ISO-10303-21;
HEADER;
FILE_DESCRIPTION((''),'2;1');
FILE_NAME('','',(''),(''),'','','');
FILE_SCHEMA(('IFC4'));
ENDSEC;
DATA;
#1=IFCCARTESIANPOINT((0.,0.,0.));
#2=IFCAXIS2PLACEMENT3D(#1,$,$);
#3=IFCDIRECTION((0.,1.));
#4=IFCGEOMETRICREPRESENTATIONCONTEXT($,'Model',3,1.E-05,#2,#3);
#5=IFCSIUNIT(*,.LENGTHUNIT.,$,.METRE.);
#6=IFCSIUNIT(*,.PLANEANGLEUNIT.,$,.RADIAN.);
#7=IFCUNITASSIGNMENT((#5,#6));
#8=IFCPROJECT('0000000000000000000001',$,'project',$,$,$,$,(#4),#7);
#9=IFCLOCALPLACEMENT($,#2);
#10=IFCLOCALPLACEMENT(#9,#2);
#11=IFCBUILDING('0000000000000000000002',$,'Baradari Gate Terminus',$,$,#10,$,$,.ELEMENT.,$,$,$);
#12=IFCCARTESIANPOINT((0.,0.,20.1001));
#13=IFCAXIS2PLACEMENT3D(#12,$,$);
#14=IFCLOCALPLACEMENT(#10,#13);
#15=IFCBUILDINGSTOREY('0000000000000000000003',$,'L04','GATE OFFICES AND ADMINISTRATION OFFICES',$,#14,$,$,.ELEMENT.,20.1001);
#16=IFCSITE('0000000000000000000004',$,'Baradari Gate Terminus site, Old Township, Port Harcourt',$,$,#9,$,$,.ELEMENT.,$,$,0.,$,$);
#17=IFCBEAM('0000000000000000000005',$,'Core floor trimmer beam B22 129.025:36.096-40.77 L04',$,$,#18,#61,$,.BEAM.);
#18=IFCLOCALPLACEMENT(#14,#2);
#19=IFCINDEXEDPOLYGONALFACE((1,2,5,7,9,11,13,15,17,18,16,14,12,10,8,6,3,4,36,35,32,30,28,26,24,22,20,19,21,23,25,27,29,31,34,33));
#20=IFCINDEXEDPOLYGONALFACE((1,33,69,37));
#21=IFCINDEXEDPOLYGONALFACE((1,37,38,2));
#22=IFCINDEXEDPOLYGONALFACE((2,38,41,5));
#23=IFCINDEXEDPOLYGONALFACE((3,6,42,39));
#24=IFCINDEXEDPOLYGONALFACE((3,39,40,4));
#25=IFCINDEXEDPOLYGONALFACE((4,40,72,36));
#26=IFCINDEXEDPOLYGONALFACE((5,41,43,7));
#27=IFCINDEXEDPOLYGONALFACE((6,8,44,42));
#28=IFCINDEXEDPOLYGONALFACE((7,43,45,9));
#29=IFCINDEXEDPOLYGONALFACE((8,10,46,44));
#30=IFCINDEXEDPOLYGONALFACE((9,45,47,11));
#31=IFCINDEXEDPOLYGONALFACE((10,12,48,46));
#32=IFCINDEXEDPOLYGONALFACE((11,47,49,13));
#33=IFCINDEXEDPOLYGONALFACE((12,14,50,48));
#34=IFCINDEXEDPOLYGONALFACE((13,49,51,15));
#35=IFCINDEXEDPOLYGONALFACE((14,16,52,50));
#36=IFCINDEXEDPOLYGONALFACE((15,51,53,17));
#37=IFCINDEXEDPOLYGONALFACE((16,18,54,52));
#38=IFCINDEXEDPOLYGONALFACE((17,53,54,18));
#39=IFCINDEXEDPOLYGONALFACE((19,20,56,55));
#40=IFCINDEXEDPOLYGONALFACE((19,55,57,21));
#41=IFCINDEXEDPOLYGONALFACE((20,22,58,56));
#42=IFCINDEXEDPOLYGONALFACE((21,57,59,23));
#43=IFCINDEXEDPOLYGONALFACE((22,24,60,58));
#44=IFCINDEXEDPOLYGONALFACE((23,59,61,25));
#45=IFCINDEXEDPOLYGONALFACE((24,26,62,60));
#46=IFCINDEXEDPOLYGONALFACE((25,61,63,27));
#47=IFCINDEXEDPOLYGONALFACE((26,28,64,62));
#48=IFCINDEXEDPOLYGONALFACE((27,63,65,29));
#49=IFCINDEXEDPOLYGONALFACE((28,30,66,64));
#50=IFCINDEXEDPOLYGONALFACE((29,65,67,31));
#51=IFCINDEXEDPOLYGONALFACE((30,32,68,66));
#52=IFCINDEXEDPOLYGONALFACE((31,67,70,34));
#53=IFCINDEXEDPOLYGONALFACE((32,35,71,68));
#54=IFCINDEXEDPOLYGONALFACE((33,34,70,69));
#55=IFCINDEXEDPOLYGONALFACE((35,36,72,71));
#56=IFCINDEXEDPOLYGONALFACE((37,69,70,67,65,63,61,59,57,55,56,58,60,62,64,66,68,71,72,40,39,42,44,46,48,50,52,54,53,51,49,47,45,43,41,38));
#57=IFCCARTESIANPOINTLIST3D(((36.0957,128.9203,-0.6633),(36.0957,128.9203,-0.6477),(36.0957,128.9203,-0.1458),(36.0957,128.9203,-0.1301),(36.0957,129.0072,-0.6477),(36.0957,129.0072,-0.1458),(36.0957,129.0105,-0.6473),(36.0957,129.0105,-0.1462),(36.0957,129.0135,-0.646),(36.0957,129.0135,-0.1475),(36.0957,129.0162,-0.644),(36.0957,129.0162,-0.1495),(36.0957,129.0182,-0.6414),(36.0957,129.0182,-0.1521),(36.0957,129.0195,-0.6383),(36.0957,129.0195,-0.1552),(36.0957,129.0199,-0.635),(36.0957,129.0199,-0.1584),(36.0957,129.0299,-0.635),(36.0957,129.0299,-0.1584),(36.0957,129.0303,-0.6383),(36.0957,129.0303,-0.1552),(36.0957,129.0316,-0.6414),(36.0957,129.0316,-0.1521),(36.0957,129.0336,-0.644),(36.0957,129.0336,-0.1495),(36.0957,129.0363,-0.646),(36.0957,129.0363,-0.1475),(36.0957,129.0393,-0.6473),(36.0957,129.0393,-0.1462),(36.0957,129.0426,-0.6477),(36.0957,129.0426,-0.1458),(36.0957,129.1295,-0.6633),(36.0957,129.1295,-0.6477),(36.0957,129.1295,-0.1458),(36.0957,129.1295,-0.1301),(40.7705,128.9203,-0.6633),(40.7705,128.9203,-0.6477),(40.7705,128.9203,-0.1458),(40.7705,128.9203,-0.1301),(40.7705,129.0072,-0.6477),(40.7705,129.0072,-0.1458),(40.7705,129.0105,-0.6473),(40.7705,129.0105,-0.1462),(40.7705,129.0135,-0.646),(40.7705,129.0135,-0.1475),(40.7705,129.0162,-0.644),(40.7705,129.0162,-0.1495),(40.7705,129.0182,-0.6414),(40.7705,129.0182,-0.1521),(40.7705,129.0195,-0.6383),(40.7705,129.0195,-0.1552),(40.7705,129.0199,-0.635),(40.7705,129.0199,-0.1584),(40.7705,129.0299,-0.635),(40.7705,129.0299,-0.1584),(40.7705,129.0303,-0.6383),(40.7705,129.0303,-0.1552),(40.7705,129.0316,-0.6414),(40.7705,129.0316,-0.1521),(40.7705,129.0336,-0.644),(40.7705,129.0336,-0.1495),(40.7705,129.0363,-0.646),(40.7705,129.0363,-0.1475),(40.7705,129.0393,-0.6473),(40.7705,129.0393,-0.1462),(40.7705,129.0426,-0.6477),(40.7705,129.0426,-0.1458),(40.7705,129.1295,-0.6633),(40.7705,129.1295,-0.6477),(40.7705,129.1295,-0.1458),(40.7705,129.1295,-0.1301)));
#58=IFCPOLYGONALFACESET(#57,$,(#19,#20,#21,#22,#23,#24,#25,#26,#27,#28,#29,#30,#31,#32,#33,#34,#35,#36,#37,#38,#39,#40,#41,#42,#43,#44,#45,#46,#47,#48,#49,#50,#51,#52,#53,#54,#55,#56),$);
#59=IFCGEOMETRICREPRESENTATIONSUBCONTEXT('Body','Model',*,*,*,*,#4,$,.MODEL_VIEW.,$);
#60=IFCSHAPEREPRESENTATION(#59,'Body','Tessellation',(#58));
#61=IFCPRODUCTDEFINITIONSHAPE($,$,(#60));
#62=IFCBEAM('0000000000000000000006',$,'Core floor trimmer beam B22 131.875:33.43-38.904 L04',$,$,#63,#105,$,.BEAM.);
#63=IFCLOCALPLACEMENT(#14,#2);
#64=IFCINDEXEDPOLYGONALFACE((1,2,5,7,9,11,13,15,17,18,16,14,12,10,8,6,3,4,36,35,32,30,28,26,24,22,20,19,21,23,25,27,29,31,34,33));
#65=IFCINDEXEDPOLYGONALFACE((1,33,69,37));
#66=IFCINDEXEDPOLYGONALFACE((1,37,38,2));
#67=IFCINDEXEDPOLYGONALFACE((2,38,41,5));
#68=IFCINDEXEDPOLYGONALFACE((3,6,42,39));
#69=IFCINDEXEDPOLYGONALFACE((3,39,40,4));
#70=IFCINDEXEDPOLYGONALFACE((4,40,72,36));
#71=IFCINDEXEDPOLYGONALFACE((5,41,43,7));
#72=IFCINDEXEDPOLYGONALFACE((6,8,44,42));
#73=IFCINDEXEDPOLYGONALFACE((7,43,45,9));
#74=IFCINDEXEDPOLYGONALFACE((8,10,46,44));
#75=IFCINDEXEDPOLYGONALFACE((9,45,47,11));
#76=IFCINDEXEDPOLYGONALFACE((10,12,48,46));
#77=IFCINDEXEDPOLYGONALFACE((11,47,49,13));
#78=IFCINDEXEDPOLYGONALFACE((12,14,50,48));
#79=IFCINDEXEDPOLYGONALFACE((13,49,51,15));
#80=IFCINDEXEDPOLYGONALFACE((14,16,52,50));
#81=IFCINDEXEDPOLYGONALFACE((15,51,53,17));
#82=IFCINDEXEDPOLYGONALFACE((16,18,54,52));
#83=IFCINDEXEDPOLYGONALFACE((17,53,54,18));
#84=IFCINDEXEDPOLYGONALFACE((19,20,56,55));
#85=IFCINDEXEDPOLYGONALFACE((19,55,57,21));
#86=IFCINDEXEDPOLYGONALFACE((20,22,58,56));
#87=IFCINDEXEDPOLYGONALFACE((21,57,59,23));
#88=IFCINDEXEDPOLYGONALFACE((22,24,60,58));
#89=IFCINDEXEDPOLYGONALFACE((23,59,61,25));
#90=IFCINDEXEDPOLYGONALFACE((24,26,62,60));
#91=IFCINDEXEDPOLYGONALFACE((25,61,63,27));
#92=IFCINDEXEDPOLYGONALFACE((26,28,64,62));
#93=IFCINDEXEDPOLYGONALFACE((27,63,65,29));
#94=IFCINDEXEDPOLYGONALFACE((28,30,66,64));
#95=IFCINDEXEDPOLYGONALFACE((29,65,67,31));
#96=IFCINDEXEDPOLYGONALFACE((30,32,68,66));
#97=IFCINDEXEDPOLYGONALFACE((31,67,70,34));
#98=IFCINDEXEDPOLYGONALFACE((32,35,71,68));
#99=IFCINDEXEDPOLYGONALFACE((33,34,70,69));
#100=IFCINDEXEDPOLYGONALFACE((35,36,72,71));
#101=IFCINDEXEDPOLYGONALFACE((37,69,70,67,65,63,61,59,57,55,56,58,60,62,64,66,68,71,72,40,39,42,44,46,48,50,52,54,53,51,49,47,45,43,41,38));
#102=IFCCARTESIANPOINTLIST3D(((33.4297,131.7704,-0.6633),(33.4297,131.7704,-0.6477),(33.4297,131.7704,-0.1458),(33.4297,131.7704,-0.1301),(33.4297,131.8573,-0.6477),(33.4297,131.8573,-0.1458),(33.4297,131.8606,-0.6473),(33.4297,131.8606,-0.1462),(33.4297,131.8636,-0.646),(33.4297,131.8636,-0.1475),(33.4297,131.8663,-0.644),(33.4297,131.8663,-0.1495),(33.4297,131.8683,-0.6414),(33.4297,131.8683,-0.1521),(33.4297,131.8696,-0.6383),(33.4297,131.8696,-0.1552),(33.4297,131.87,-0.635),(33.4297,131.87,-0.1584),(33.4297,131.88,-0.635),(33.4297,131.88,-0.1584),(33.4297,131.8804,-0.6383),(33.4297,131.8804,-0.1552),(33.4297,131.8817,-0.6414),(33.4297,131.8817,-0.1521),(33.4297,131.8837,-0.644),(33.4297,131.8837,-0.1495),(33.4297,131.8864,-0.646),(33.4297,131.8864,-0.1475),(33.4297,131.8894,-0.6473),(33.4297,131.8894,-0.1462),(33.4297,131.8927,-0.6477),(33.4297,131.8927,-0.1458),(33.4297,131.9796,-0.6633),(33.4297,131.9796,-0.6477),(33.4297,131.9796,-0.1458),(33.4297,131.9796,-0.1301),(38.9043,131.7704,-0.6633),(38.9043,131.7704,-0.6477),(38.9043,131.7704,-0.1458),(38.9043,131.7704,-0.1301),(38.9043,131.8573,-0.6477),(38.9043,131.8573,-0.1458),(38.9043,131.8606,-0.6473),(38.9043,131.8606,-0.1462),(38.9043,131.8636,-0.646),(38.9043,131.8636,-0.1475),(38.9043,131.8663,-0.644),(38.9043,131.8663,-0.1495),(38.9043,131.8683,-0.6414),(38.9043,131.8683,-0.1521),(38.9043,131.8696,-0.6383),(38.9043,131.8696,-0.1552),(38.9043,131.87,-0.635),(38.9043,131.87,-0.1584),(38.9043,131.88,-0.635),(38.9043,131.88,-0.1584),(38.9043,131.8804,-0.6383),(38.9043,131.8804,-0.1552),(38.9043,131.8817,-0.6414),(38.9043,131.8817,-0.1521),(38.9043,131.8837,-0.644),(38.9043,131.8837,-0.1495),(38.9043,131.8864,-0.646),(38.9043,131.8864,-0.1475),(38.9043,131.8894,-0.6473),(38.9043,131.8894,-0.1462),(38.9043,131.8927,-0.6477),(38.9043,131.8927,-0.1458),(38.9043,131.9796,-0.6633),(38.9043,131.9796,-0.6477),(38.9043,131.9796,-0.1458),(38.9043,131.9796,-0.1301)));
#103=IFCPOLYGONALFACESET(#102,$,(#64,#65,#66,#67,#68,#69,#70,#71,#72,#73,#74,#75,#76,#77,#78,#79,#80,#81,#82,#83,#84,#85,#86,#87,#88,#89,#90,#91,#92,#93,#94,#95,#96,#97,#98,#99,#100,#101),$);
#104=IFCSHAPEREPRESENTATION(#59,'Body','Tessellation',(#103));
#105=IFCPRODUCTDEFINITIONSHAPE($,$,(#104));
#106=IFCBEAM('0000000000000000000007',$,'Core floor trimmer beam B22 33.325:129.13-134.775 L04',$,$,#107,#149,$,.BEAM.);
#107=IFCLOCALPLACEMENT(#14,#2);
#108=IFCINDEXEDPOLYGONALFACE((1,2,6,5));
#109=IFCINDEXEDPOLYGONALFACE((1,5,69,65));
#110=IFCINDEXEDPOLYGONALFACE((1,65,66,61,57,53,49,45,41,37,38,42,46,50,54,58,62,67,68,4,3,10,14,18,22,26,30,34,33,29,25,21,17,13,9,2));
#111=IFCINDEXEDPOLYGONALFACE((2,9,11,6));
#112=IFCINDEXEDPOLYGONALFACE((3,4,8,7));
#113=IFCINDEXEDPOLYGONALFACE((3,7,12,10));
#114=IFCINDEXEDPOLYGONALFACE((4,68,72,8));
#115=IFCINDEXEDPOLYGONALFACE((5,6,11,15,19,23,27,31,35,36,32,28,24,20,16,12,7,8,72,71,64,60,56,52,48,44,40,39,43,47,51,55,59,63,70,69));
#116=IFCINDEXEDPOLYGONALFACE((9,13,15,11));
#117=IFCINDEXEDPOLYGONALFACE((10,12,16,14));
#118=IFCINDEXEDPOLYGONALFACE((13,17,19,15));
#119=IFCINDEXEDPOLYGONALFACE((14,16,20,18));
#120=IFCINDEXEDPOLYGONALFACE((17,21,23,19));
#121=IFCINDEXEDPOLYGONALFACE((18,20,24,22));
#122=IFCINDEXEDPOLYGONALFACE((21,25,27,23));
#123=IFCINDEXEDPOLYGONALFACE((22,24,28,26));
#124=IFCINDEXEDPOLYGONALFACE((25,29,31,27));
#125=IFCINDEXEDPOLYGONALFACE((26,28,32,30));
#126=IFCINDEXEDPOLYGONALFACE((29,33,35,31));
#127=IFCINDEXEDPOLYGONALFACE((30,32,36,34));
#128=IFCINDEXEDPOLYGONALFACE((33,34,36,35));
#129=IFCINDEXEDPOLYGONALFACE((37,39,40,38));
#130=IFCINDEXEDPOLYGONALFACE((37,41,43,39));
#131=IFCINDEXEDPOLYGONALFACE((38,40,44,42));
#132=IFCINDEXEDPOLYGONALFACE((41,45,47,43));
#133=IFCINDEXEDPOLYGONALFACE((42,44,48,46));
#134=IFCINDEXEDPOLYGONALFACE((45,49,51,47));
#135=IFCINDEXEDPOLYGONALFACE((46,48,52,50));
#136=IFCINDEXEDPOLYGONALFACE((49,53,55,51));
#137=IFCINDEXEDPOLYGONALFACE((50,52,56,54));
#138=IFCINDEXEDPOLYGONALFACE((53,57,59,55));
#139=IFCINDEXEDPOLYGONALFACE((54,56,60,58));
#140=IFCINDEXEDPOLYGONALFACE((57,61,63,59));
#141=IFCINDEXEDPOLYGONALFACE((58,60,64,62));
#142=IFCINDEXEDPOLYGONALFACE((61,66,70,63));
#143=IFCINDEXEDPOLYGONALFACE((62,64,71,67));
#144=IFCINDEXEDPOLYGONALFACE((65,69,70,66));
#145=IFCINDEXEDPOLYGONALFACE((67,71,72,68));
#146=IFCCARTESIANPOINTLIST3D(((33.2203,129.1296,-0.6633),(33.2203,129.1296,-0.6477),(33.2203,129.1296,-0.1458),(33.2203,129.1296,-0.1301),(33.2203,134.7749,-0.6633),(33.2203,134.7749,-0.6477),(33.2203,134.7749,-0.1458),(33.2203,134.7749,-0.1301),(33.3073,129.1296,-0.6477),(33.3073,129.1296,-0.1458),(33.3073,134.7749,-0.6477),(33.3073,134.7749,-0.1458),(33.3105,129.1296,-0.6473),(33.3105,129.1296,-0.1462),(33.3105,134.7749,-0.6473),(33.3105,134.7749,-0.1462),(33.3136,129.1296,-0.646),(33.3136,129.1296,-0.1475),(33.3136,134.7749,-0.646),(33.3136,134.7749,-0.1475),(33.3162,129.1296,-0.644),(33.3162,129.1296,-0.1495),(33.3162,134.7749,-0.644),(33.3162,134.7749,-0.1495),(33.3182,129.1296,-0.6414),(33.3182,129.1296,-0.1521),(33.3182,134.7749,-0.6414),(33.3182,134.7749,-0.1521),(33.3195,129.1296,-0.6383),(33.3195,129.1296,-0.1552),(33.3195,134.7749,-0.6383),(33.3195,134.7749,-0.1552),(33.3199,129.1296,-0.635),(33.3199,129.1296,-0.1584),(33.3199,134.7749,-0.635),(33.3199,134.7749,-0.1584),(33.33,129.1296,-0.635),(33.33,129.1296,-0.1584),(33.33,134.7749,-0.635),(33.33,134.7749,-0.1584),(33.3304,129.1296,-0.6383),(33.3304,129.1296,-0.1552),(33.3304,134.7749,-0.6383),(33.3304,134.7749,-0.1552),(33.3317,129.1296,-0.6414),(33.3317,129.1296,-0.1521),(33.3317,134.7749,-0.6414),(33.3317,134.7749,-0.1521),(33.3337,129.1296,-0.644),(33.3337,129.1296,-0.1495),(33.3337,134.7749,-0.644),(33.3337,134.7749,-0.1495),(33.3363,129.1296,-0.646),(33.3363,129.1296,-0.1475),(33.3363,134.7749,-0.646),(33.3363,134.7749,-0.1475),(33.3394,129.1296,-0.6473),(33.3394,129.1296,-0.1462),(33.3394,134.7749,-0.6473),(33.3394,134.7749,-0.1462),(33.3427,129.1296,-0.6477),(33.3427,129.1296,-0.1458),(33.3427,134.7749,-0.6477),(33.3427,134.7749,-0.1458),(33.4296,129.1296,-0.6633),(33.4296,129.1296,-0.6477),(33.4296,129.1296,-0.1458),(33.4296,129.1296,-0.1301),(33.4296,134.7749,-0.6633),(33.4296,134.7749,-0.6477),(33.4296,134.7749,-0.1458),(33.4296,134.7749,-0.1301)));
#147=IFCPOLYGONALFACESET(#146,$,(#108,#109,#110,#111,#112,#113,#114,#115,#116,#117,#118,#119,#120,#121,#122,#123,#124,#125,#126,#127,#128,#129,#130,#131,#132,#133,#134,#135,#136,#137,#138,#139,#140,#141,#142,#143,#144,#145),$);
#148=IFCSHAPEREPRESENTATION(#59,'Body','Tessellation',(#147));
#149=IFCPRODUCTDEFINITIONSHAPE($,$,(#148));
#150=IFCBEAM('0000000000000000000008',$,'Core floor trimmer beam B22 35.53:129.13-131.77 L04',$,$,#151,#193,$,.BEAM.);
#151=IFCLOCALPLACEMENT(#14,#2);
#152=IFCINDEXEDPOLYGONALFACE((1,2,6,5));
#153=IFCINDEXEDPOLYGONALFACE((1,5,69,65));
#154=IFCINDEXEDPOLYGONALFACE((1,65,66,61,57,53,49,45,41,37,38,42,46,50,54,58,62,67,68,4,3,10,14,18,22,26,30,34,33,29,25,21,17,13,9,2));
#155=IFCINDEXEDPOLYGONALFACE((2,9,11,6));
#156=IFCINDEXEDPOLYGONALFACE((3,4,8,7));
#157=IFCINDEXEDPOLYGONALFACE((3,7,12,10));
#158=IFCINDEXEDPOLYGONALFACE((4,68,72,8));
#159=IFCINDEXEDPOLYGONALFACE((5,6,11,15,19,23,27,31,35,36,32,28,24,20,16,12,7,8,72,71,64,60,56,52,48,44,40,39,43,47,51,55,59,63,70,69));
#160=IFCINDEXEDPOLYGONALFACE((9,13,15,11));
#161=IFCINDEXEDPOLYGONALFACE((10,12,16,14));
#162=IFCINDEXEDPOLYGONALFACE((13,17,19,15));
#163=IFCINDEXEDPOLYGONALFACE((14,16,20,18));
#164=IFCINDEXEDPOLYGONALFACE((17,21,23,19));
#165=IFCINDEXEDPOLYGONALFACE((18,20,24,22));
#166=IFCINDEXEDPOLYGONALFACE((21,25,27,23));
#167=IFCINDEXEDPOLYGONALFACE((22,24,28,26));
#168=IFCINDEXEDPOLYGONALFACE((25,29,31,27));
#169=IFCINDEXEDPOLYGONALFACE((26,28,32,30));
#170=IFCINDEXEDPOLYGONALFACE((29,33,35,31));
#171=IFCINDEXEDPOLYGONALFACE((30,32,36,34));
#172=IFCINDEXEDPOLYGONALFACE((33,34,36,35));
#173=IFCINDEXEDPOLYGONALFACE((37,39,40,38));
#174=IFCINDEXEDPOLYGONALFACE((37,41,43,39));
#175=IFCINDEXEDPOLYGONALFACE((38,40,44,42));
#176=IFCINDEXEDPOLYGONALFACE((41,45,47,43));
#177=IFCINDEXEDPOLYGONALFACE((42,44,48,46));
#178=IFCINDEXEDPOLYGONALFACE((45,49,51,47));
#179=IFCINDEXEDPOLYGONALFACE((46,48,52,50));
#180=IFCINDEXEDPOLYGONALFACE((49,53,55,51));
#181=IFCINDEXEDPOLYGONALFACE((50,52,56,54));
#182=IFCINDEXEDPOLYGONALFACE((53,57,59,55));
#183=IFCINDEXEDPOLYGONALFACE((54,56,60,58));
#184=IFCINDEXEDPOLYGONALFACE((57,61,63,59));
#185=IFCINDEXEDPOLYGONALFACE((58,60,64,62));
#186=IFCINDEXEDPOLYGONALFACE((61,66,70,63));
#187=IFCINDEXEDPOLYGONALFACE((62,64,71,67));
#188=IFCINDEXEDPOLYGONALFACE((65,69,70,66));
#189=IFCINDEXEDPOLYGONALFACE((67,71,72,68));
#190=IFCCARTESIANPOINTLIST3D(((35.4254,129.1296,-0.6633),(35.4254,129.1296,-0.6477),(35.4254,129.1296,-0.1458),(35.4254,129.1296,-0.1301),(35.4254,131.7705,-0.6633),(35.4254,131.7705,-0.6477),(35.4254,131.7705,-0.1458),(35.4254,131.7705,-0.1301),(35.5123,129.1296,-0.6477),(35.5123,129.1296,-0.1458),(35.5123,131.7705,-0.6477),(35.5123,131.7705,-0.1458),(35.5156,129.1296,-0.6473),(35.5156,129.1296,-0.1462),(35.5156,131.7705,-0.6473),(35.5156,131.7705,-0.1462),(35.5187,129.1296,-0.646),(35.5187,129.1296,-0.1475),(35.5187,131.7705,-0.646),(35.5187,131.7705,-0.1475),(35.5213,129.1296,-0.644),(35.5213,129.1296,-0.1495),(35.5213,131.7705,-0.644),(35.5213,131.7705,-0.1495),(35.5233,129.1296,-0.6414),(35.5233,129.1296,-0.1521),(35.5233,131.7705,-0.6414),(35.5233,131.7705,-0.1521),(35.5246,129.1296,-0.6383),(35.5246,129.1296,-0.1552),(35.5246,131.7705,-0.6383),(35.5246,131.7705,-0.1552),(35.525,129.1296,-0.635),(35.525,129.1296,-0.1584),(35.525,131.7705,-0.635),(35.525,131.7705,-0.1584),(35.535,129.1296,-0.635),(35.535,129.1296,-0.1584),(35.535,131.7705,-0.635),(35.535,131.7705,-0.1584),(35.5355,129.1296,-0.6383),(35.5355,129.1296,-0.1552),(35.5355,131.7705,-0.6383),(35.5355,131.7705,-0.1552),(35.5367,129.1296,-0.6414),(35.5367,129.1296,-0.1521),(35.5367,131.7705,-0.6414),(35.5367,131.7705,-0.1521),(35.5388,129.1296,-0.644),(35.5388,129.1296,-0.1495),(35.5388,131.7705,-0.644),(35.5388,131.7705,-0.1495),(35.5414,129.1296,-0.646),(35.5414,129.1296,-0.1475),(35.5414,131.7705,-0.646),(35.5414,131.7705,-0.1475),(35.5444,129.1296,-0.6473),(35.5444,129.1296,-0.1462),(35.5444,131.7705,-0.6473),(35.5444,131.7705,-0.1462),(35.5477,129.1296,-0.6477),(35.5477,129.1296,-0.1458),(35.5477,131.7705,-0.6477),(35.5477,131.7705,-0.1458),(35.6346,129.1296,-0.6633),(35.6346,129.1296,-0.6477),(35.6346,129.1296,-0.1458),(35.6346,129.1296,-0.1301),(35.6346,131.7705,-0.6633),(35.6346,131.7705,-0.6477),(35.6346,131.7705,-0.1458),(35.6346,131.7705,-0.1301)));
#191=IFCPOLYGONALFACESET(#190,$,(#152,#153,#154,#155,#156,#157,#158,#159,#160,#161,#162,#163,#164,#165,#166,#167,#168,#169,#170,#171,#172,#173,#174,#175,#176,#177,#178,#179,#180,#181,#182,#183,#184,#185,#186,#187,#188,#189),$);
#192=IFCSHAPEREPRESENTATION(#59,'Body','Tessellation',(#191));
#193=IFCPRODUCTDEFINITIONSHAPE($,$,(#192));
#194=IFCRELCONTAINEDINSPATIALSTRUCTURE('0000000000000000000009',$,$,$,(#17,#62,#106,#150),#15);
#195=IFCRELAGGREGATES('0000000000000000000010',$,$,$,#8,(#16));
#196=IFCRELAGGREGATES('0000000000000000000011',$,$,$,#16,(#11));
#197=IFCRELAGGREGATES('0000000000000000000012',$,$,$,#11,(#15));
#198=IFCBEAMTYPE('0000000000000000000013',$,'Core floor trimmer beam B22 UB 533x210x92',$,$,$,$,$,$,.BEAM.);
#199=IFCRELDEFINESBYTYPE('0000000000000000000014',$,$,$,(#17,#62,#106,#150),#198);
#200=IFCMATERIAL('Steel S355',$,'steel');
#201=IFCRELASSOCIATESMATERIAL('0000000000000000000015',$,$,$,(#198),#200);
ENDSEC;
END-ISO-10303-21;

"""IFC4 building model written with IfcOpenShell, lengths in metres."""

from ifc_helpers import new_model, si_unit, direction, frame, origin, origin_2d, place, context, subcontext, project, spatial, i_section, extrude, material, material_profile, profile_set, type_object, element, save


model = new_model("IFC4")

# Units and contexts
model_context = context("Model", 3, precision=1e-05, world=origin(), true_north=direction((0.0, 1.0)))
body_context = subcontext(model_context, "Body", "Model", "MODEL_VIEW")
ifc_project = project(units=[si_unit("LENGTHUNIT", "METRE"), si_unit("PLANEANGLEUNIT", "RADIAN")], contexts=[model_context])

# Site, building, storey
site_placement = place(None, origin())
site = spatial("IfcSite", under=ifc_project, at=site_placement, Name="Baradari Gate Terminus site, Old Township, Port Harcourt", CompositionType="ELEMENT", RefElevation=0.0)
building_placement = place(site_placement, origin())
building = spatial("IfcBuilding", under=site, at=building_placement, Name="Baradari Gate Terminus", CompositionType="ELEMENT")
storey_placement = place(building_placement, frame((0.0, 0.0, 20.1001)))
storey = spatial("IfcBuildingStorey", under=building, at=storey_placement, Name="L04", Description="GATE OFFICES AND ADMINISTRATION OFFICES", CompositionType="ELEMENT", Elevation=20.1001)

# Beams
ifc_material_1 = material(Name="Steel S355", Category="steel")
ifc_material_profile_1 = material_profile(ifc_material_1, i_section(OverallWidth=0.2092, OverallDepth=0.5332, WebThickness=0.01, FlangeThickness=0.0156, FilletRadius=0.0127, at=origin_2d()), Name="UB 533x210x92")
ifc_profile_set_1 = profile_set([ifc_material_profile_1], Name="Steel S355")
beam_type_1 = type_object("IfcBeamType", Name="Core floor trimmer beam B22 UB 533x210x92", PredefinedType="BEAM", material=ifc_profile_set_1)
beam_1_placement = place(storey_placement, frame((36.0957, 129.0249, -0.3967), z_axis=(1.0, 0.0, 0.0), x_axis=(0.0, 1.0, 0.0)))
element("IfcBeam", 1, at=beam_1_placement, inside=storey, type_object=beam_type_1, Name="Core floor trimmer beam B22 129.025:36.096-40.77 L04", PredefinedType="BEAM", context=body_context, shape_type="SweptSolid", body=[
    extrude(i_section(OverallWidth=0.2092, OverallDepth=0.5332, WebThickness=0.01, FlangeThickness=0.0156, FilletRadius=0.0127, at=origin_2d()), origin(), (0.0, 0.0, 1.0), 4.6748),
])
beam_2_placement = place(storey_placement, frame((33.4297, 131.875, -0.3967), z_axis=(1.0, 0.0, 0.0), x_axis=(0.0, 1.0, 0.0)))
element("IfcBeam", 2, at=beam_2_placement, inside=storey, type_object=beam_type_1, Name="Core floor trimmer beam B22 131.875:33.43-38.904 L04", PredefinedType="BEAM", context=body_context, shape_type="SweptSolid", body=[
    extrude(i_section(OverallWidth=0.2092, OverallDepth=0.5332, WebThickness=0.01, FlangeThickness=0.0156, FilletRadius=0.0127, at=origin_2d()), origin(), (0.0, 0.0, 1.0), 5.4746),
])
beam_3_placement = place(storey_placement, frame((33.325, 129.1296, -0.3967), z_axis=(0.0, 1.0, 0.0), x_axis=(-1.0, 0.0, 0.0)))
element("IfcBeam", 3, at=beam_3_placement, inside=storey, type_object=beam_type_1, Name="Core floor trimmer beam B22 33.325:129.13-134.775 L04", PredefinedType="BEAM", context=body_context, shape_type="SweptSolid", body=[
    extrude(i_section(OverallWidth=0.2092, OverallDepth=0.5332, WebThickness=0.01, FlangeThickness=0.0156, FilletRadius=0.0127, at=origin_2d()), origin(), (0.0, 0.0, 1.0), 5.6453),
])
beam_4_placement = place(storey_placement, frame((35.53, 129.1296, -0.3967), z_axis=(0.0, 1.0, 0.0), x_axis=(-1.0, 0.0, 0.0)))
element("IfcBeam", 4, at=beam_4_placement, inside=storey, type_object=beam_type_1, Name="Core floor trimmer beam B22 35.53:129.13-131.77 L04", PredefinedType="BEAM", context=body_context, shape_type="SweptSolid", body=[
    extrude(i_section(OverallWidth=0.2092, OverallDepth=0.5332, WebThickness=0.01, FlangeThickness=0.0156, FilletRadius=0.0127, at=origin_2d()), origin(), (0.0, 0.0, 1.0), 2.6409),
])

save(model, "model.ifc")
